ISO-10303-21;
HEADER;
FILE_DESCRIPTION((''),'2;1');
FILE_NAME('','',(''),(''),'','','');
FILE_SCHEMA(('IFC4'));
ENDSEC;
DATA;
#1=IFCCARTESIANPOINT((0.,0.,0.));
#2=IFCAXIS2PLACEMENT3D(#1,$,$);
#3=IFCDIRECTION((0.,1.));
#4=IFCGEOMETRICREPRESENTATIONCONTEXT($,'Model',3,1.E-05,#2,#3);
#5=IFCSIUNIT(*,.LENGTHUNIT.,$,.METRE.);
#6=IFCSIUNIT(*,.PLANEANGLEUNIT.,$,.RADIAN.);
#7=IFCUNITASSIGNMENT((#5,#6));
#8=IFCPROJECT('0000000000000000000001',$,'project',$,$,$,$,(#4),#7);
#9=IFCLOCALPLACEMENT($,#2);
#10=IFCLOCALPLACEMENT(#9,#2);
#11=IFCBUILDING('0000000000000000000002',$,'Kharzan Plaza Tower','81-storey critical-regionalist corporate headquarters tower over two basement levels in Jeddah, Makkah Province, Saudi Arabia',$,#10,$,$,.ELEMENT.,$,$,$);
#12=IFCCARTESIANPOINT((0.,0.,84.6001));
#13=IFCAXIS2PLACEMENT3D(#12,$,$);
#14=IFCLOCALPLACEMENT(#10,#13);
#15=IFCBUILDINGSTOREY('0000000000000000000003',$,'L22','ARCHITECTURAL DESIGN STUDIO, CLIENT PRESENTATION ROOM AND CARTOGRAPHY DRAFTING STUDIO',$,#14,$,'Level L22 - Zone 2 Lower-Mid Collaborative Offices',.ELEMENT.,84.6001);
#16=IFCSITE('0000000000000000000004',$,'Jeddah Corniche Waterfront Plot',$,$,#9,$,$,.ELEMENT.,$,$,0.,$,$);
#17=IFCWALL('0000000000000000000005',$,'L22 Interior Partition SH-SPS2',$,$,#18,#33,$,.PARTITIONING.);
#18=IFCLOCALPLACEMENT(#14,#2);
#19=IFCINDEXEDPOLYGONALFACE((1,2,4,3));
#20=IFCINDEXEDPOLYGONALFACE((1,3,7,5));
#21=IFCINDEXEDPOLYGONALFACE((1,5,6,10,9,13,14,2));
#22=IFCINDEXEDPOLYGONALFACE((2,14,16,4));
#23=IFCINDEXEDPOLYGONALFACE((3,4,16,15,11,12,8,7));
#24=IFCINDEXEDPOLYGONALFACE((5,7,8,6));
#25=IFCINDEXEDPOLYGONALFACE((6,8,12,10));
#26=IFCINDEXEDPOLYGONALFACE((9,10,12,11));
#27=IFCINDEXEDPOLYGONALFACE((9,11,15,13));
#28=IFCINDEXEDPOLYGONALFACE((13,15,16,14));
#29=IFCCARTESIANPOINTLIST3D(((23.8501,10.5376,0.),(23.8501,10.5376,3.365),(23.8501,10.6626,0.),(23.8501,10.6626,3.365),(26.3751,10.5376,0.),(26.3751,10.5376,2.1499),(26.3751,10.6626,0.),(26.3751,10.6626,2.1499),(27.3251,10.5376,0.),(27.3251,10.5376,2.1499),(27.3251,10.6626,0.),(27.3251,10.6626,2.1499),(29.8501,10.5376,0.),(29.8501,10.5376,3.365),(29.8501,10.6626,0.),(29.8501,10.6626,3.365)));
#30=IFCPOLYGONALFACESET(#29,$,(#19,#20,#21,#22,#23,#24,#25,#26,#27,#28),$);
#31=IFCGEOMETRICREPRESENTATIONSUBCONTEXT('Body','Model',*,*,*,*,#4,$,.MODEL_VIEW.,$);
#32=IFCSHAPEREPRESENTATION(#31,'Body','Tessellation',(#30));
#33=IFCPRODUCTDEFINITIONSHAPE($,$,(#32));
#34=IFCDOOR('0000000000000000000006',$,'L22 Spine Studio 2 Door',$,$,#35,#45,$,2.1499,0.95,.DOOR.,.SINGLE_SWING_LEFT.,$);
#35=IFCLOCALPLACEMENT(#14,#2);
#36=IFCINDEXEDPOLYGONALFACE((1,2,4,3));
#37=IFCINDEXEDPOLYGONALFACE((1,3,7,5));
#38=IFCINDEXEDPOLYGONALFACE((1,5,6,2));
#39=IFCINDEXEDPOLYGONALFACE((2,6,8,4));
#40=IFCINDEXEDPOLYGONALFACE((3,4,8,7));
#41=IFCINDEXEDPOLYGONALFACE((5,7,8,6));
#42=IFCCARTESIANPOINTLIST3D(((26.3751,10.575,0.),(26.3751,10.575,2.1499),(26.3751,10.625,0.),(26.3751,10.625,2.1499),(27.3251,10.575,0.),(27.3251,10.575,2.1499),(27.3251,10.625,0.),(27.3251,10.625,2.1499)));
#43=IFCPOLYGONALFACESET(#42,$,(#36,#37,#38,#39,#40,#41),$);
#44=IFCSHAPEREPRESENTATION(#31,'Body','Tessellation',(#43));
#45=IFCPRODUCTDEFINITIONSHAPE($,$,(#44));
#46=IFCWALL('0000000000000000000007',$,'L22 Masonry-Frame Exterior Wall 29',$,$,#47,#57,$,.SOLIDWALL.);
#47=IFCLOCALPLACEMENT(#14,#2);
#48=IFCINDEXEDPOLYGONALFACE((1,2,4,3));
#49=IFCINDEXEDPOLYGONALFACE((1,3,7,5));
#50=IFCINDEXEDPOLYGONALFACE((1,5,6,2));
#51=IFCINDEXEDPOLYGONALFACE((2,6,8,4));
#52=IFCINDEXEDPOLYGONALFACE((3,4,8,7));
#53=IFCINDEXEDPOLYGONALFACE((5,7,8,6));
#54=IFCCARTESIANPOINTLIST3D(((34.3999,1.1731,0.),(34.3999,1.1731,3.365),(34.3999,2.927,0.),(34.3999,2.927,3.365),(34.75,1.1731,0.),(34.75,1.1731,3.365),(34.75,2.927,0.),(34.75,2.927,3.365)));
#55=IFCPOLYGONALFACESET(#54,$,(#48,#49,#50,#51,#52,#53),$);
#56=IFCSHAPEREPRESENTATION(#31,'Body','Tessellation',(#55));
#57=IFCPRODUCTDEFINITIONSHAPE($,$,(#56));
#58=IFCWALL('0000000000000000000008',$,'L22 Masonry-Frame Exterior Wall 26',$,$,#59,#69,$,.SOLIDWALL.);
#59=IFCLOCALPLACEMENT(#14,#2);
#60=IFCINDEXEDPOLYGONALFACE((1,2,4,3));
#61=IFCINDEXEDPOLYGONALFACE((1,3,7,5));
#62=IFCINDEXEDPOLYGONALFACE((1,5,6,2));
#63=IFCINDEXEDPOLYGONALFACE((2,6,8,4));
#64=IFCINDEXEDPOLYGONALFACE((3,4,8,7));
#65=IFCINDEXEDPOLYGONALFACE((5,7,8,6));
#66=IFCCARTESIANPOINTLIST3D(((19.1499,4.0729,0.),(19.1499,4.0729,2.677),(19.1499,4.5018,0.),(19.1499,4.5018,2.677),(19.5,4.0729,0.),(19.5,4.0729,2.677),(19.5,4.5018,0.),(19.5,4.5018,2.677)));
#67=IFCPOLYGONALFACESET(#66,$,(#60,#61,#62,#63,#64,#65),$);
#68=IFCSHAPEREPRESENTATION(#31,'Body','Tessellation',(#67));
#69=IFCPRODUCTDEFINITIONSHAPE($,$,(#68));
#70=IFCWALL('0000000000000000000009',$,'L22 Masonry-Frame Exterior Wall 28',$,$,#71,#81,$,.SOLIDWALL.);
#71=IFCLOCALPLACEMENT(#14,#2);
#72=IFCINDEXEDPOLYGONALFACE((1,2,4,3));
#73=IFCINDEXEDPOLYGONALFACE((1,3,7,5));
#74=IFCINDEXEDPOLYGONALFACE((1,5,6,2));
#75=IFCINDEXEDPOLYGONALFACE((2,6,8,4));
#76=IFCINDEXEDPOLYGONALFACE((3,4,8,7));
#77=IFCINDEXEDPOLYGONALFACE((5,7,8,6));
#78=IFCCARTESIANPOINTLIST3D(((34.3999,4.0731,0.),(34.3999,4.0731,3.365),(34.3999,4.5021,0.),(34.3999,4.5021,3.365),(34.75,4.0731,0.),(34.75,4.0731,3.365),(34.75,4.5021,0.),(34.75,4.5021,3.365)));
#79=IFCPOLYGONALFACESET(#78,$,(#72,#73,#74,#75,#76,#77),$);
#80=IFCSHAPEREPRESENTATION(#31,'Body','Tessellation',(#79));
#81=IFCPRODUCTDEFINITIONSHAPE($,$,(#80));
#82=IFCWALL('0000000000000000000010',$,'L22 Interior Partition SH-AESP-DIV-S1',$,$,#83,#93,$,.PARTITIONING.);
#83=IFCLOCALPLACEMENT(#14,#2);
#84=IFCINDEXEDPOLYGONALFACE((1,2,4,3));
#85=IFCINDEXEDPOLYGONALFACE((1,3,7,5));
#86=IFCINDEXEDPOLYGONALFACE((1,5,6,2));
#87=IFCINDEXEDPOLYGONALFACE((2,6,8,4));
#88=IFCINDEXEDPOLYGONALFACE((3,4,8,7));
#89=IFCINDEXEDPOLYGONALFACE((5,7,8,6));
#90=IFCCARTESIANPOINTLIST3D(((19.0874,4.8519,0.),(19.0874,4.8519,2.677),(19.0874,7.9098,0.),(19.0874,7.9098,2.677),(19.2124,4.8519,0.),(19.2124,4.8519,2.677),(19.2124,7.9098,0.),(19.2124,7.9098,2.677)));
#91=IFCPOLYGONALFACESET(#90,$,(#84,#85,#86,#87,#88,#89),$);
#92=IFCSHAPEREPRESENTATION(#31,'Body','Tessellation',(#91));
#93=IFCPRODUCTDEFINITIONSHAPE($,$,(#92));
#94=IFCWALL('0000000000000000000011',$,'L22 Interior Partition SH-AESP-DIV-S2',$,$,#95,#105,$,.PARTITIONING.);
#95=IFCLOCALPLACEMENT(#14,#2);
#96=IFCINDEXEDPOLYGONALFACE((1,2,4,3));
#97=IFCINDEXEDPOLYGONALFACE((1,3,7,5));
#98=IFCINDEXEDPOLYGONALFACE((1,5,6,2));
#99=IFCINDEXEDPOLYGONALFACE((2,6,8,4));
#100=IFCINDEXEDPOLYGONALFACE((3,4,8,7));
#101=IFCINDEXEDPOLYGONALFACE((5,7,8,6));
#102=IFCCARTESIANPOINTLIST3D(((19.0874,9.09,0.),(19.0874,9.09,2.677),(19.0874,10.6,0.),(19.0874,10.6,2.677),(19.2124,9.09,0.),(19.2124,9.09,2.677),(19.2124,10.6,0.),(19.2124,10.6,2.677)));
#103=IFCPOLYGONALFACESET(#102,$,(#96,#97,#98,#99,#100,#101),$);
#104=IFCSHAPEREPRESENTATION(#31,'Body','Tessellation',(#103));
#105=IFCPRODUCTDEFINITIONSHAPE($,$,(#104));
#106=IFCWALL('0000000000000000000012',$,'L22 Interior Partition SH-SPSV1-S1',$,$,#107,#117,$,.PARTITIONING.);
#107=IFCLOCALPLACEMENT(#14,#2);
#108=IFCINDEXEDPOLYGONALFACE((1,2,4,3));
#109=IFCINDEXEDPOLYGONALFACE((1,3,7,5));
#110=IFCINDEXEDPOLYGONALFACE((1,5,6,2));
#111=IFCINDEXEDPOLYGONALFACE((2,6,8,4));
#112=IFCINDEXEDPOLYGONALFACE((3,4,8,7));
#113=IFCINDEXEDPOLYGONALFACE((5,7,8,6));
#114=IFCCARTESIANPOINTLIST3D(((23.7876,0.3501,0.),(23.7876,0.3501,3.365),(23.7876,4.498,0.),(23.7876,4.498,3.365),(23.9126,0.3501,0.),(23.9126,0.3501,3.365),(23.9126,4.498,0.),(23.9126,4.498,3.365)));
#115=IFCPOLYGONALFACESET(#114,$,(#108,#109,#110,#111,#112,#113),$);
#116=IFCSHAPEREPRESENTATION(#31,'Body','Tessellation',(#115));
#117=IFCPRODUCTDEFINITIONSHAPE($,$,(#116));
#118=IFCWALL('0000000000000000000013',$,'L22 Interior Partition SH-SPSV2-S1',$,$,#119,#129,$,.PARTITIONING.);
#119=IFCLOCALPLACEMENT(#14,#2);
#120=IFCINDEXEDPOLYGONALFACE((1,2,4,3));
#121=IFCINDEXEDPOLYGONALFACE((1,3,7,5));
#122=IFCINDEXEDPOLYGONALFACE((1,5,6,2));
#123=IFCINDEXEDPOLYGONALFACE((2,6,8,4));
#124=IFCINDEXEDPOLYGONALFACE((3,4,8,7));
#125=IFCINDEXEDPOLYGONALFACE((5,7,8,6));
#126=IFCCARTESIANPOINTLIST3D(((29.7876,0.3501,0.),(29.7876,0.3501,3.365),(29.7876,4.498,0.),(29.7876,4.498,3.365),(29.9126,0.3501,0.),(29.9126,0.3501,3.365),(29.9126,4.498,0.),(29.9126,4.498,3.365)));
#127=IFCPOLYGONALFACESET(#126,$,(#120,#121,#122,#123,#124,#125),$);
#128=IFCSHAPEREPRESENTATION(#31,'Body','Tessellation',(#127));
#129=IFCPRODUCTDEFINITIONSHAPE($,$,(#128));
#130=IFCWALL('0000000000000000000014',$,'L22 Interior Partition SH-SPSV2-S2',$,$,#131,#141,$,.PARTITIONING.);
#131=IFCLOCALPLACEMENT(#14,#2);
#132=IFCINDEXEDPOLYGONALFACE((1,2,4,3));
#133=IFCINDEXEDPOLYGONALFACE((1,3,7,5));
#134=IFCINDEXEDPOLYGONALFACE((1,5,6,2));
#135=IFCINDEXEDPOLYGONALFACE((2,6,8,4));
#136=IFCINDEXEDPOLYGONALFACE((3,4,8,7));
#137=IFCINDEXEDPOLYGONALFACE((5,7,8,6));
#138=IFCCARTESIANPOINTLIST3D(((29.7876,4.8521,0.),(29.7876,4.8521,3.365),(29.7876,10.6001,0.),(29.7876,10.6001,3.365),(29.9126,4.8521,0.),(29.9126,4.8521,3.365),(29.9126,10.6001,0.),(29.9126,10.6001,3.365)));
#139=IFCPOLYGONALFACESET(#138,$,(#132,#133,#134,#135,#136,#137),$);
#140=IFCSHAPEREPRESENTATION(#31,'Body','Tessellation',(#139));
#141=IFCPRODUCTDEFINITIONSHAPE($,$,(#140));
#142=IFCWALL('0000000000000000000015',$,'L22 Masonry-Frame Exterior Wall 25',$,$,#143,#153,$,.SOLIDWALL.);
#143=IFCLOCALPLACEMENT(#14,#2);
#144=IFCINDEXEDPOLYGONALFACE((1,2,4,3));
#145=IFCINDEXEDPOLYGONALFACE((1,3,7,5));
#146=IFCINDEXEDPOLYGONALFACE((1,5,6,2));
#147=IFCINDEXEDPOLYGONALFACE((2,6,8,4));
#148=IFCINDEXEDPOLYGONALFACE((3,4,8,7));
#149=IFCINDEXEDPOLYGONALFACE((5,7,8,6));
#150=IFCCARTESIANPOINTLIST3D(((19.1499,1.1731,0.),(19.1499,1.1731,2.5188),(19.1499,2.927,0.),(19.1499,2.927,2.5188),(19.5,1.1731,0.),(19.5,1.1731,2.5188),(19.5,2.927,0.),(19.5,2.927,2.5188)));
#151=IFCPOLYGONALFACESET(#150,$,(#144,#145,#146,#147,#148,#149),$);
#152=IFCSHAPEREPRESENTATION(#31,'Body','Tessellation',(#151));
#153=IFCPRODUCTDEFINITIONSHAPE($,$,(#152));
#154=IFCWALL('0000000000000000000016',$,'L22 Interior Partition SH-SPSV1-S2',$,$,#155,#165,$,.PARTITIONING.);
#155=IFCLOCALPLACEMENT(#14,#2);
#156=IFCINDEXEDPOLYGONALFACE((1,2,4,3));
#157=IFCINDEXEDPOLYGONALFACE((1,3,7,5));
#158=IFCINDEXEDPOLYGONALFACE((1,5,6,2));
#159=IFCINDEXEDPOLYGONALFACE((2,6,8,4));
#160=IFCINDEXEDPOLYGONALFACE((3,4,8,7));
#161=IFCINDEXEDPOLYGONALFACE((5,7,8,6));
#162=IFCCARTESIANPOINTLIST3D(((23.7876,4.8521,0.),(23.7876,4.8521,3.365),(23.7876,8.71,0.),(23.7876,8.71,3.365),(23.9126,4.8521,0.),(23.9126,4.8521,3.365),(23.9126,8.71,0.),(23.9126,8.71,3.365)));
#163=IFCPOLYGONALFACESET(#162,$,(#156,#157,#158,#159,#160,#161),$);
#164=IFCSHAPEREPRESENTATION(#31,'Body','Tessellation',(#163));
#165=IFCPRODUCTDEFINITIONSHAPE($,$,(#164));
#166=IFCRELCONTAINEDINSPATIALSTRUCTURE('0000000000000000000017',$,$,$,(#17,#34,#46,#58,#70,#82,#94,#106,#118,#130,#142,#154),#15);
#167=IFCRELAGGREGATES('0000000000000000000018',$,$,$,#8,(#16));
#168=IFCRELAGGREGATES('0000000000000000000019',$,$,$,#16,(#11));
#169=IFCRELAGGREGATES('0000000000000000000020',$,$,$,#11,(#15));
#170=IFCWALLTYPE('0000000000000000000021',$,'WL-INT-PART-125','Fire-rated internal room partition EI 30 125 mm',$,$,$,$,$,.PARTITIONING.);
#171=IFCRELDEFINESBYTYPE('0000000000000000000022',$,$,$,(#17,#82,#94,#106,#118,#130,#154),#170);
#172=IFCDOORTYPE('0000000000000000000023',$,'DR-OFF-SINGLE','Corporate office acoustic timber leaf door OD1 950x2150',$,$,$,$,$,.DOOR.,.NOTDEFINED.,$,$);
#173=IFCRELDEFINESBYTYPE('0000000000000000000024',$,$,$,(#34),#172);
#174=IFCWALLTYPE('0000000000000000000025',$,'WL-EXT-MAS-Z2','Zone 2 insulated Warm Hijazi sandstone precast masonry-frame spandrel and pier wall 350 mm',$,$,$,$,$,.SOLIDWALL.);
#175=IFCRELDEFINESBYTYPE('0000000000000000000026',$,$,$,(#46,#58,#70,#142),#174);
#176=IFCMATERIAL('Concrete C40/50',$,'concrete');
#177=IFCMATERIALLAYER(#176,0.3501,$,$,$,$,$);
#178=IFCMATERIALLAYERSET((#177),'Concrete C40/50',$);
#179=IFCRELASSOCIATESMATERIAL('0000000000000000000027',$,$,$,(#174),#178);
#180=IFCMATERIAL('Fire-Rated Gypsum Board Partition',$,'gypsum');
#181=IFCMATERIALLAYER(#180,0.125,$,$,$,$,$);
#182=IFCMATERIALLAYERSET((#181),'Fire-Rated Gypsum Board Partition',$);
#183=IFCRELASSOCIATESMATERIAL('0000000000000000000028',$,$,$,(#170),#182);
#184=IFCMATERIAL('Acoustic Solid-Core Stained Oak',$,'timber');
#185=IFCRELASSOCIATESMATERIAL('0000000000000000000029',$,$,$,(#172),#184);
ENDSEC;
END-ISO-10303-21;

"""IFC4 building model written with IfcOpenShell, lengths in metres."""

from ifc_helpers import new_model, si_unit, direction, frame, frame_2d, origin, place, context, subcontext, project, spatial, rectangle, extrude, source, transform, mapped, material, layer, layer_set, type_object, element, fill, save


model = new_model("IFC4")

# Units and contexts
model_context = context("Model", 3, precision=1e-05, world=origin(), true_north=direction((0.0, 1.0)))
body_context = subcontext(model_context, "Body", "Model", "MODEL_VIEW")
ifc_project = project(units=[si_unit("LENGTHUNIT", "METRE"), si_unit("PLANEANGLEUNIT", "RADIAN")], contexts=[model_context])

# Site, building, storey
site_placement = place(None, origin())
site = spatial("IfcSite", under=ifc_project, at=site_placement, Name="Jeddah Corniche Waterfront Plot", CompositionType="ELEMENT", RefElevation=0.0)
building_placement = place(site_placement, origin())
building = spatial("IfcBuilding", under=site, at=building_placement, Name="Kharzan Plaza Tower", Description="81-storey critical-regionalist corporate headquarters tower over two basement levels in Jeddah, Makkah Province, Saudi Arabia", CompositionType="ELEMENT")
storey_placement = place(building_placement, frame((0.0, 0.0, 84.6001)))
storey = spatial("IfcBuildingStorey", under=building, at=storey_placement, Name="L22", Description="ARCHITECTURAL DESIGN STUDIO, CLIENT PRESENTATION ROOM AND CARTOGRAPHY DRAFTING STUDIO", LongName="Level L22 - Zone 2 Lower-Mid Collaborative Offices", CompositionType="ELEMENT", Elevation=84.6001)

# Shared definitions
ifc_material_1 = material(Name="Concrete C40/50", Category="concrete")
ifc_layer_1 = layer(ifc_material_1, 0.3501)
ifc_layer_set_1 = layer_set([ifc_layer_1], Name="Concrete C40/50")
wall_type_1 = type_object("IfcWallType", Name="WL-EXT-MAS-Z2", Description="Zone 2 insulated Warm Hijazi sandstone precast masonry-frame spandrel and pier wall 350 mm", PredefinedType="SOLIDWALL", material=ifc_layer_set_1)

# Wall, opening, door
ifc_material_2 = material(Name="Fire-Rated Gypsum Board Partition", Category="gypsum")
ifc_layer_2 = layer(ifc_material_2, 0.125)
ifc_layer_set_2 = layer_set([ifc_layer_2], Name="Fire-Rated Gypsum Board Partition")
wall_type_2 = type_object("IfcWallType", Name="WL-INT-PART-125", Description="Fire-rated internal room partition EI 30 125 mm", PredefinedType="PARTITIONING", material=ifc_layer_set_2)
ifc_material_3 = material(Name="Acoustic Solid-Core Stained Oak", Category="timber")
door_type = type_object("IfcDoorType", Name="DR-OFF-SINGLE", Description="Corporate office acoustic timber leaf door OD1 950x2150", OperationType="NOTDEFINED", PredefinedType="DOOR", material=ifc_material_3)
shared_shape_1 = source(origin(), body_context, "Body", "SweptSolid", [
    extrude(rectangle(XDim=0.95, YDim=2.1499, at=frame_2d((0.4751, 1.075))), frame((0.0, 0.0249, 0.0), z_axis=(0.0, -1.0, 0.0), x_axis=(1.0, 0.0, 0.0)), (0.0, 0.0, 1.0), 0.05),
])
wall_1_placement = place(storey_placement, frame((23.8501, 10.6001, 0.0), z_axis=(0.0, 0.0, 1.0), x_axis=(1.0, 0.0, 0.0)))
wall_1 = element("IfcWall", 1, at=wall_1_placement, inside=storey, type_object=wall_type_2, Name="L22 Interior Partition SH-SPS2", PredefinedType="PARTITIONING", context=body_context, shape_type="SweptSolid", body=[
    extrude(rectangle(XDim=6.0, YDim=0.125, at=frame_2d((3.0, 0.0))), origin(), (0.0, 0.0, 1.0), 3.365),
])
opening_1_placement = place(wall_1_placement, frame((2.5249, 0.0, 0.0)))
opening_1 = element("IfcOpeningElement", 2, at=opening_1_placement, cuts=wall_1, PredefinedType="OPENING", context=body_context, shape_type="SweptSolid", body=[
    extrude(rectangle(XDim=0.95, YDim=2.1499, at=frame_2d((0.4751, 1.075))), frame((0.0, 0.0725, 0.0), z_axis=(0.0, -1.0, 0.0), x_axis=(1.0, 0.0, 0.0)), (0.0, 0.0, 1.0), 0.145),
])
door_1_placement = place(opening_1_placement, origin())
door_1 = element("IfcDoor", 3, at=door_1_placement, inside=storey, type_object=door_type, Name="L22 Spine Studio 2 Door", OperationType="SINGLE_SWING_LEFT", OverallHeight=2.1499, OverallWidth=0.95, PredefinedType="DOOR", context=body_context, shape_type="MappedRepresentation", body=[
    mapped(shared_shape_1, transform((0.0, 0.0, 0.0), x_axis=(1.0, 0.0, 0.0), y_axis=(0.0, 1.0, 0.0), z_axis=(0.0, 0.0, 1.0))),
])
fill(opening_1, door_1)

# Walls
shared_shape_2 = source(origin(), body_context, "Body", "SweptSolid", [
    extrude(rectangle(XDim=1.7539, YDim=0.3501, at=frame_2d((0.877, 0.0))), origin(), (0.0, 0.0, 1.0), 3.365),
])
wall_2_placement = place(storey_placement, frame((34.575, 2.927, 0.0), z_axis=(0.0, 0.0, 1.0), x_axis=(0.0, -1.0, 0.0)))
element("IfcWall", 4, at=wall_2_placement, inside=storey, type_object=wall_type_1, Name="L22 Masonry-Frame Exterior Wall 29", PredefinedType="SOLIDWALL", context=body_context, shape_type="MappedRepresentation", body=[
    mapped(shared_shape_2, transform((0.0, 0.0, 0.0), x_axis=(1.0, 0.0, 0.0), y_axis=(0.0, 1.0, 0.0), z_axis=(0.0, 0.0, 1.0))),
])
shared_shape_3 = source(origin(), body_context, "Body", "SweptSolid", [
    extrude(rectangle(XDim=0.429, YDim=0.3501, at=frame_2d((0.2144, 0.0))), origin(), (0.0, 0.0, 1.0), 2.677),
])
wall_3_placement = place(storey_placement, frame((19.325, 4.073, 0.0), z_axis=(0.0, 0.0, 1.0), x_axis=(0.0, 1.0, 0.0)))
element("IfcWall", 5, at=wall_3_placement, inside=storey, type_object=wall_type_1, Name="L22 Masonry-Frame Exterior Wall 26", PredefinedType="SOLIDWALL", context=body_context, shape_type="MappedRepresentation", body=[
    mapped(shared_shape_3, transform((0.0, 0.0, 0.0), x_axis=(1.0, 0.0, 0.0), y_axis=(0.0, 1.0, 0.0), z_axis=(0.0, 0.0, 1.0))),
])
shared_shape_4 = source(origin(), body_context, "Body", "SweptSolid", [
    extrude(rectangle(XDim=0.429, YDim=0.3501, at=frame_2d((0.2144, 0.0))), origin(), (0.0, 0.0, 1.0), 3.365),
])
wall_4_placement = place(storey_placement, frame((34.575, 4.502, 0.0), z_axis=(0.0, 0.0, 1.0), x_axis=(0.0, -1.0, 0.0)))
element("IfcWall", 6, at=wall_4_placement, inside=storey, type_object=wall_type_1, Name="L22 Masonry-Frame Exterior Wall 28", PredefinedType="SOLIDWALL", context=body_context, shape_type="MappedRepresentation", body=[
    mapped(shared_shape_4, transform((0.0, 0.0, 0.0), x_axis=(1.0, 0.0, 0.0), y_axis=(0.0, 1.0, 0.0), z_axis=(0.0, 0.0, 1.0))),
])
shared_shape_5 = source(origin(), body_context, "Body", "SweptSolid", [
    extrude(rectangle(XDim=3.0579, YDim=0.125, at=frame_2d((1.5288, 0.0))), origin(), (0.0, 0.0, 1.0), 2.677),
])
wall_5_placement = place(storey_placement, frame((19.1499, 4.8521, 0.0), z_axis=(0.0, 0.0, 1.0), x_axis=(0.0, 1.0, 0.0)))
element("IfcWall", 7, at=wall_5_placement, inside=storey, type_object=wall_type_2, Name="L22 Interior Partition SH-AESP-DIV-S1", PredefinedType="PARTITIONING", context=body_context, shape_type="MappedRepresentation", body=[
    mapped(shared_shape_5, transform((0.0, 0.0, 0.0), x_axis=(1.0, 0.0, 0.0), y_axis=(0.0, 1.0, 0.0), z_axis=(0.0, 0.0, 1.0))),
])
shared_shape_6 = source(origin(), body_context, "Body", "SweptSolid", [
    extrude(rectangle(XDim=1.51, YDim=0.125, at=frame_2d((0.7549, 0.0))), origin(), (0.0, 0.0, 1.0), 2.677),
])
wall_6_placement = place(storey_placement, frame((19.1499, 9.0901, 0.0), z_axis=(0.0, 0.0, 1.0), x_axis=(0.0, 1.0, 0.0)))
element("IfcWall", 8, at=wall_6_placement, inside=storey, type_object=wall_type_2, Name="L22 Interior Partition SH-AESP-DIV-S2", PredefinedType="PARTITIONING", context=body_context, shape_type="MappedRepresentation", body=[
    mapped(shared_shape_6, transform((0.0, 0.0, 0.0), x_axis=(1.0, 0.0, 0.0), y_axis=(0.0, 1.0, 0.0), z_axis=(0.0, 0.0, 1.0))),
])
shared_shape_7 = source(origin(), body_context, "Body", "SweptSolid", [
    extrude(rectangle(XDim=4.1479, YDim=0.125, at=frame_2d((2.074, 0.0))), origin(), (0.0, 0.0, 1.0), 3.365),
])
for number, where, z_axis, x_axis, name in (
    (9, (23.8501, 0.3501, 0.0), (0.0, 0.0, 1.0), (0.0, 1.0, 0.0), "L22 Interior Partition SH-SPSV1-S1"),
    (10, (29.8501, 0.3501, 0.0), (0.0, 0.0, 1.0), (0.0, 1.0, 0.0), "L22 Interior Partition SH-SPSV2-S1"),
):
    element("IfcWall", number, at=place(storey_placement, frame(where, z_axis=z_axis, x_axis=x_axis)), inside=storey, type_object=wall_type_2, Name=name, PredefinedType="PARTITIONING", context=body_context, shape_type="MappedRepresentation", body=[
        mapped(shared_shape_7, transform((0.0, 0.0, 0.0), x_axis=(1.0, 0.0, 0.0), y_axis=(0.0, 1.0, 0.0), z_axis=(0.0, 0.0, 1.0))),
    ])
shared_shape_8 = source(origin(), body_context, "Body", "SweptSolid", [
    extrude(rectangle(XDim=5.748, YDim=0.125, at=frame_2d((2.874, 0.0))), origin(), (0.0, 0.0, 1.0), 3.365),
])
wall_7_placement = place(storey_placement, frame((29.8501, 4.8521, 0.0), z_axis=(0.0, 0.0, 1.0), x_axis=(0.0, 1.0, 0.0)))
element("IfcWall", 11, at=wall_7_placement, inside=storey, type_object=wall_type_2, Name="L22 Interior Partition SH-SPSV2-S2", PredefinedType="PARTITIONING", context=body_context, shape_type="MappedRepresentation", body=[
    mapped(shared_shape_8, transform((0.0, 0.0, 0.0), x_axis=(1.0, 0.0, 0.0), y_axis=(0.0, 1.0, 0.0), z_axis=(0.0, 0.0, 1.0))),
])
shared_shape_9 = source(origin(), body_context, "Body", "SweptSolid", [
    extrude(rectangle(XDim=1.7539, YDim=0.3501, at=frame_2d((0.877, 0.0))), origin(), (0.0, 0.0, 1.0), 2.5188),
])
wall_8_placement = place(storey_placement, frame((19.325, 1.1731, 0.0), z_axis=(0.0, 0.0, 1.0), x_axis=(0.0, 1.0, 0.0)))
element("IfcWall", 12, at=wall_8_placement, inside=storey, type_object=wall_type_1, Name="L22 Masonry-Frame Exterior Wall 25", PredefinedType="SOLIDWALL", context=body_context, shape_type="MappedRepresentation", body=[
    mapped(shared_shape_9, transform((0.0, 0.0, 0.0), x_axis=(1.0, 0.0, 0.0), y_axis=(0.0, 1.0, 0.0), z_axis=(0.0, 0.0, 1.0))),
])
shared_shape_10 = source(origin(), body_context, "Body", "SweptSolid", [
    extrude(rectangle(XDim=3.8579, YDim=0.125, at=frame_2d((1.929, 0.0))), origin(), (0.0, 0.0, 1.0), 3.365),
])
wall_9_placement = place(storey_placement, frame((23.8501, 4.8521, 0.0), z_axis=(0.0, 0.0, 1.0), x_axis=(0.0, 1.0, 0.0)))
element("IfcWall", 13, at=wall_9_placement, inside=storey, type_object=wall_type_2, Name="L22 Interior Partition SH-SPSV1-S2", PredefinedType="PARTITIONING", context=body_context, shape_type="MappedRepresentation", body=[
    mapped(shared_shape_10, transform((0.0, 0.0, 0.0), x_axis=(1.0, 0.0, 0.0), y_axis=(0.0, 1.0, 0.0), z_axis=(0.0, 0.0, 1.0))),
])

save(model, "model.ifc")
